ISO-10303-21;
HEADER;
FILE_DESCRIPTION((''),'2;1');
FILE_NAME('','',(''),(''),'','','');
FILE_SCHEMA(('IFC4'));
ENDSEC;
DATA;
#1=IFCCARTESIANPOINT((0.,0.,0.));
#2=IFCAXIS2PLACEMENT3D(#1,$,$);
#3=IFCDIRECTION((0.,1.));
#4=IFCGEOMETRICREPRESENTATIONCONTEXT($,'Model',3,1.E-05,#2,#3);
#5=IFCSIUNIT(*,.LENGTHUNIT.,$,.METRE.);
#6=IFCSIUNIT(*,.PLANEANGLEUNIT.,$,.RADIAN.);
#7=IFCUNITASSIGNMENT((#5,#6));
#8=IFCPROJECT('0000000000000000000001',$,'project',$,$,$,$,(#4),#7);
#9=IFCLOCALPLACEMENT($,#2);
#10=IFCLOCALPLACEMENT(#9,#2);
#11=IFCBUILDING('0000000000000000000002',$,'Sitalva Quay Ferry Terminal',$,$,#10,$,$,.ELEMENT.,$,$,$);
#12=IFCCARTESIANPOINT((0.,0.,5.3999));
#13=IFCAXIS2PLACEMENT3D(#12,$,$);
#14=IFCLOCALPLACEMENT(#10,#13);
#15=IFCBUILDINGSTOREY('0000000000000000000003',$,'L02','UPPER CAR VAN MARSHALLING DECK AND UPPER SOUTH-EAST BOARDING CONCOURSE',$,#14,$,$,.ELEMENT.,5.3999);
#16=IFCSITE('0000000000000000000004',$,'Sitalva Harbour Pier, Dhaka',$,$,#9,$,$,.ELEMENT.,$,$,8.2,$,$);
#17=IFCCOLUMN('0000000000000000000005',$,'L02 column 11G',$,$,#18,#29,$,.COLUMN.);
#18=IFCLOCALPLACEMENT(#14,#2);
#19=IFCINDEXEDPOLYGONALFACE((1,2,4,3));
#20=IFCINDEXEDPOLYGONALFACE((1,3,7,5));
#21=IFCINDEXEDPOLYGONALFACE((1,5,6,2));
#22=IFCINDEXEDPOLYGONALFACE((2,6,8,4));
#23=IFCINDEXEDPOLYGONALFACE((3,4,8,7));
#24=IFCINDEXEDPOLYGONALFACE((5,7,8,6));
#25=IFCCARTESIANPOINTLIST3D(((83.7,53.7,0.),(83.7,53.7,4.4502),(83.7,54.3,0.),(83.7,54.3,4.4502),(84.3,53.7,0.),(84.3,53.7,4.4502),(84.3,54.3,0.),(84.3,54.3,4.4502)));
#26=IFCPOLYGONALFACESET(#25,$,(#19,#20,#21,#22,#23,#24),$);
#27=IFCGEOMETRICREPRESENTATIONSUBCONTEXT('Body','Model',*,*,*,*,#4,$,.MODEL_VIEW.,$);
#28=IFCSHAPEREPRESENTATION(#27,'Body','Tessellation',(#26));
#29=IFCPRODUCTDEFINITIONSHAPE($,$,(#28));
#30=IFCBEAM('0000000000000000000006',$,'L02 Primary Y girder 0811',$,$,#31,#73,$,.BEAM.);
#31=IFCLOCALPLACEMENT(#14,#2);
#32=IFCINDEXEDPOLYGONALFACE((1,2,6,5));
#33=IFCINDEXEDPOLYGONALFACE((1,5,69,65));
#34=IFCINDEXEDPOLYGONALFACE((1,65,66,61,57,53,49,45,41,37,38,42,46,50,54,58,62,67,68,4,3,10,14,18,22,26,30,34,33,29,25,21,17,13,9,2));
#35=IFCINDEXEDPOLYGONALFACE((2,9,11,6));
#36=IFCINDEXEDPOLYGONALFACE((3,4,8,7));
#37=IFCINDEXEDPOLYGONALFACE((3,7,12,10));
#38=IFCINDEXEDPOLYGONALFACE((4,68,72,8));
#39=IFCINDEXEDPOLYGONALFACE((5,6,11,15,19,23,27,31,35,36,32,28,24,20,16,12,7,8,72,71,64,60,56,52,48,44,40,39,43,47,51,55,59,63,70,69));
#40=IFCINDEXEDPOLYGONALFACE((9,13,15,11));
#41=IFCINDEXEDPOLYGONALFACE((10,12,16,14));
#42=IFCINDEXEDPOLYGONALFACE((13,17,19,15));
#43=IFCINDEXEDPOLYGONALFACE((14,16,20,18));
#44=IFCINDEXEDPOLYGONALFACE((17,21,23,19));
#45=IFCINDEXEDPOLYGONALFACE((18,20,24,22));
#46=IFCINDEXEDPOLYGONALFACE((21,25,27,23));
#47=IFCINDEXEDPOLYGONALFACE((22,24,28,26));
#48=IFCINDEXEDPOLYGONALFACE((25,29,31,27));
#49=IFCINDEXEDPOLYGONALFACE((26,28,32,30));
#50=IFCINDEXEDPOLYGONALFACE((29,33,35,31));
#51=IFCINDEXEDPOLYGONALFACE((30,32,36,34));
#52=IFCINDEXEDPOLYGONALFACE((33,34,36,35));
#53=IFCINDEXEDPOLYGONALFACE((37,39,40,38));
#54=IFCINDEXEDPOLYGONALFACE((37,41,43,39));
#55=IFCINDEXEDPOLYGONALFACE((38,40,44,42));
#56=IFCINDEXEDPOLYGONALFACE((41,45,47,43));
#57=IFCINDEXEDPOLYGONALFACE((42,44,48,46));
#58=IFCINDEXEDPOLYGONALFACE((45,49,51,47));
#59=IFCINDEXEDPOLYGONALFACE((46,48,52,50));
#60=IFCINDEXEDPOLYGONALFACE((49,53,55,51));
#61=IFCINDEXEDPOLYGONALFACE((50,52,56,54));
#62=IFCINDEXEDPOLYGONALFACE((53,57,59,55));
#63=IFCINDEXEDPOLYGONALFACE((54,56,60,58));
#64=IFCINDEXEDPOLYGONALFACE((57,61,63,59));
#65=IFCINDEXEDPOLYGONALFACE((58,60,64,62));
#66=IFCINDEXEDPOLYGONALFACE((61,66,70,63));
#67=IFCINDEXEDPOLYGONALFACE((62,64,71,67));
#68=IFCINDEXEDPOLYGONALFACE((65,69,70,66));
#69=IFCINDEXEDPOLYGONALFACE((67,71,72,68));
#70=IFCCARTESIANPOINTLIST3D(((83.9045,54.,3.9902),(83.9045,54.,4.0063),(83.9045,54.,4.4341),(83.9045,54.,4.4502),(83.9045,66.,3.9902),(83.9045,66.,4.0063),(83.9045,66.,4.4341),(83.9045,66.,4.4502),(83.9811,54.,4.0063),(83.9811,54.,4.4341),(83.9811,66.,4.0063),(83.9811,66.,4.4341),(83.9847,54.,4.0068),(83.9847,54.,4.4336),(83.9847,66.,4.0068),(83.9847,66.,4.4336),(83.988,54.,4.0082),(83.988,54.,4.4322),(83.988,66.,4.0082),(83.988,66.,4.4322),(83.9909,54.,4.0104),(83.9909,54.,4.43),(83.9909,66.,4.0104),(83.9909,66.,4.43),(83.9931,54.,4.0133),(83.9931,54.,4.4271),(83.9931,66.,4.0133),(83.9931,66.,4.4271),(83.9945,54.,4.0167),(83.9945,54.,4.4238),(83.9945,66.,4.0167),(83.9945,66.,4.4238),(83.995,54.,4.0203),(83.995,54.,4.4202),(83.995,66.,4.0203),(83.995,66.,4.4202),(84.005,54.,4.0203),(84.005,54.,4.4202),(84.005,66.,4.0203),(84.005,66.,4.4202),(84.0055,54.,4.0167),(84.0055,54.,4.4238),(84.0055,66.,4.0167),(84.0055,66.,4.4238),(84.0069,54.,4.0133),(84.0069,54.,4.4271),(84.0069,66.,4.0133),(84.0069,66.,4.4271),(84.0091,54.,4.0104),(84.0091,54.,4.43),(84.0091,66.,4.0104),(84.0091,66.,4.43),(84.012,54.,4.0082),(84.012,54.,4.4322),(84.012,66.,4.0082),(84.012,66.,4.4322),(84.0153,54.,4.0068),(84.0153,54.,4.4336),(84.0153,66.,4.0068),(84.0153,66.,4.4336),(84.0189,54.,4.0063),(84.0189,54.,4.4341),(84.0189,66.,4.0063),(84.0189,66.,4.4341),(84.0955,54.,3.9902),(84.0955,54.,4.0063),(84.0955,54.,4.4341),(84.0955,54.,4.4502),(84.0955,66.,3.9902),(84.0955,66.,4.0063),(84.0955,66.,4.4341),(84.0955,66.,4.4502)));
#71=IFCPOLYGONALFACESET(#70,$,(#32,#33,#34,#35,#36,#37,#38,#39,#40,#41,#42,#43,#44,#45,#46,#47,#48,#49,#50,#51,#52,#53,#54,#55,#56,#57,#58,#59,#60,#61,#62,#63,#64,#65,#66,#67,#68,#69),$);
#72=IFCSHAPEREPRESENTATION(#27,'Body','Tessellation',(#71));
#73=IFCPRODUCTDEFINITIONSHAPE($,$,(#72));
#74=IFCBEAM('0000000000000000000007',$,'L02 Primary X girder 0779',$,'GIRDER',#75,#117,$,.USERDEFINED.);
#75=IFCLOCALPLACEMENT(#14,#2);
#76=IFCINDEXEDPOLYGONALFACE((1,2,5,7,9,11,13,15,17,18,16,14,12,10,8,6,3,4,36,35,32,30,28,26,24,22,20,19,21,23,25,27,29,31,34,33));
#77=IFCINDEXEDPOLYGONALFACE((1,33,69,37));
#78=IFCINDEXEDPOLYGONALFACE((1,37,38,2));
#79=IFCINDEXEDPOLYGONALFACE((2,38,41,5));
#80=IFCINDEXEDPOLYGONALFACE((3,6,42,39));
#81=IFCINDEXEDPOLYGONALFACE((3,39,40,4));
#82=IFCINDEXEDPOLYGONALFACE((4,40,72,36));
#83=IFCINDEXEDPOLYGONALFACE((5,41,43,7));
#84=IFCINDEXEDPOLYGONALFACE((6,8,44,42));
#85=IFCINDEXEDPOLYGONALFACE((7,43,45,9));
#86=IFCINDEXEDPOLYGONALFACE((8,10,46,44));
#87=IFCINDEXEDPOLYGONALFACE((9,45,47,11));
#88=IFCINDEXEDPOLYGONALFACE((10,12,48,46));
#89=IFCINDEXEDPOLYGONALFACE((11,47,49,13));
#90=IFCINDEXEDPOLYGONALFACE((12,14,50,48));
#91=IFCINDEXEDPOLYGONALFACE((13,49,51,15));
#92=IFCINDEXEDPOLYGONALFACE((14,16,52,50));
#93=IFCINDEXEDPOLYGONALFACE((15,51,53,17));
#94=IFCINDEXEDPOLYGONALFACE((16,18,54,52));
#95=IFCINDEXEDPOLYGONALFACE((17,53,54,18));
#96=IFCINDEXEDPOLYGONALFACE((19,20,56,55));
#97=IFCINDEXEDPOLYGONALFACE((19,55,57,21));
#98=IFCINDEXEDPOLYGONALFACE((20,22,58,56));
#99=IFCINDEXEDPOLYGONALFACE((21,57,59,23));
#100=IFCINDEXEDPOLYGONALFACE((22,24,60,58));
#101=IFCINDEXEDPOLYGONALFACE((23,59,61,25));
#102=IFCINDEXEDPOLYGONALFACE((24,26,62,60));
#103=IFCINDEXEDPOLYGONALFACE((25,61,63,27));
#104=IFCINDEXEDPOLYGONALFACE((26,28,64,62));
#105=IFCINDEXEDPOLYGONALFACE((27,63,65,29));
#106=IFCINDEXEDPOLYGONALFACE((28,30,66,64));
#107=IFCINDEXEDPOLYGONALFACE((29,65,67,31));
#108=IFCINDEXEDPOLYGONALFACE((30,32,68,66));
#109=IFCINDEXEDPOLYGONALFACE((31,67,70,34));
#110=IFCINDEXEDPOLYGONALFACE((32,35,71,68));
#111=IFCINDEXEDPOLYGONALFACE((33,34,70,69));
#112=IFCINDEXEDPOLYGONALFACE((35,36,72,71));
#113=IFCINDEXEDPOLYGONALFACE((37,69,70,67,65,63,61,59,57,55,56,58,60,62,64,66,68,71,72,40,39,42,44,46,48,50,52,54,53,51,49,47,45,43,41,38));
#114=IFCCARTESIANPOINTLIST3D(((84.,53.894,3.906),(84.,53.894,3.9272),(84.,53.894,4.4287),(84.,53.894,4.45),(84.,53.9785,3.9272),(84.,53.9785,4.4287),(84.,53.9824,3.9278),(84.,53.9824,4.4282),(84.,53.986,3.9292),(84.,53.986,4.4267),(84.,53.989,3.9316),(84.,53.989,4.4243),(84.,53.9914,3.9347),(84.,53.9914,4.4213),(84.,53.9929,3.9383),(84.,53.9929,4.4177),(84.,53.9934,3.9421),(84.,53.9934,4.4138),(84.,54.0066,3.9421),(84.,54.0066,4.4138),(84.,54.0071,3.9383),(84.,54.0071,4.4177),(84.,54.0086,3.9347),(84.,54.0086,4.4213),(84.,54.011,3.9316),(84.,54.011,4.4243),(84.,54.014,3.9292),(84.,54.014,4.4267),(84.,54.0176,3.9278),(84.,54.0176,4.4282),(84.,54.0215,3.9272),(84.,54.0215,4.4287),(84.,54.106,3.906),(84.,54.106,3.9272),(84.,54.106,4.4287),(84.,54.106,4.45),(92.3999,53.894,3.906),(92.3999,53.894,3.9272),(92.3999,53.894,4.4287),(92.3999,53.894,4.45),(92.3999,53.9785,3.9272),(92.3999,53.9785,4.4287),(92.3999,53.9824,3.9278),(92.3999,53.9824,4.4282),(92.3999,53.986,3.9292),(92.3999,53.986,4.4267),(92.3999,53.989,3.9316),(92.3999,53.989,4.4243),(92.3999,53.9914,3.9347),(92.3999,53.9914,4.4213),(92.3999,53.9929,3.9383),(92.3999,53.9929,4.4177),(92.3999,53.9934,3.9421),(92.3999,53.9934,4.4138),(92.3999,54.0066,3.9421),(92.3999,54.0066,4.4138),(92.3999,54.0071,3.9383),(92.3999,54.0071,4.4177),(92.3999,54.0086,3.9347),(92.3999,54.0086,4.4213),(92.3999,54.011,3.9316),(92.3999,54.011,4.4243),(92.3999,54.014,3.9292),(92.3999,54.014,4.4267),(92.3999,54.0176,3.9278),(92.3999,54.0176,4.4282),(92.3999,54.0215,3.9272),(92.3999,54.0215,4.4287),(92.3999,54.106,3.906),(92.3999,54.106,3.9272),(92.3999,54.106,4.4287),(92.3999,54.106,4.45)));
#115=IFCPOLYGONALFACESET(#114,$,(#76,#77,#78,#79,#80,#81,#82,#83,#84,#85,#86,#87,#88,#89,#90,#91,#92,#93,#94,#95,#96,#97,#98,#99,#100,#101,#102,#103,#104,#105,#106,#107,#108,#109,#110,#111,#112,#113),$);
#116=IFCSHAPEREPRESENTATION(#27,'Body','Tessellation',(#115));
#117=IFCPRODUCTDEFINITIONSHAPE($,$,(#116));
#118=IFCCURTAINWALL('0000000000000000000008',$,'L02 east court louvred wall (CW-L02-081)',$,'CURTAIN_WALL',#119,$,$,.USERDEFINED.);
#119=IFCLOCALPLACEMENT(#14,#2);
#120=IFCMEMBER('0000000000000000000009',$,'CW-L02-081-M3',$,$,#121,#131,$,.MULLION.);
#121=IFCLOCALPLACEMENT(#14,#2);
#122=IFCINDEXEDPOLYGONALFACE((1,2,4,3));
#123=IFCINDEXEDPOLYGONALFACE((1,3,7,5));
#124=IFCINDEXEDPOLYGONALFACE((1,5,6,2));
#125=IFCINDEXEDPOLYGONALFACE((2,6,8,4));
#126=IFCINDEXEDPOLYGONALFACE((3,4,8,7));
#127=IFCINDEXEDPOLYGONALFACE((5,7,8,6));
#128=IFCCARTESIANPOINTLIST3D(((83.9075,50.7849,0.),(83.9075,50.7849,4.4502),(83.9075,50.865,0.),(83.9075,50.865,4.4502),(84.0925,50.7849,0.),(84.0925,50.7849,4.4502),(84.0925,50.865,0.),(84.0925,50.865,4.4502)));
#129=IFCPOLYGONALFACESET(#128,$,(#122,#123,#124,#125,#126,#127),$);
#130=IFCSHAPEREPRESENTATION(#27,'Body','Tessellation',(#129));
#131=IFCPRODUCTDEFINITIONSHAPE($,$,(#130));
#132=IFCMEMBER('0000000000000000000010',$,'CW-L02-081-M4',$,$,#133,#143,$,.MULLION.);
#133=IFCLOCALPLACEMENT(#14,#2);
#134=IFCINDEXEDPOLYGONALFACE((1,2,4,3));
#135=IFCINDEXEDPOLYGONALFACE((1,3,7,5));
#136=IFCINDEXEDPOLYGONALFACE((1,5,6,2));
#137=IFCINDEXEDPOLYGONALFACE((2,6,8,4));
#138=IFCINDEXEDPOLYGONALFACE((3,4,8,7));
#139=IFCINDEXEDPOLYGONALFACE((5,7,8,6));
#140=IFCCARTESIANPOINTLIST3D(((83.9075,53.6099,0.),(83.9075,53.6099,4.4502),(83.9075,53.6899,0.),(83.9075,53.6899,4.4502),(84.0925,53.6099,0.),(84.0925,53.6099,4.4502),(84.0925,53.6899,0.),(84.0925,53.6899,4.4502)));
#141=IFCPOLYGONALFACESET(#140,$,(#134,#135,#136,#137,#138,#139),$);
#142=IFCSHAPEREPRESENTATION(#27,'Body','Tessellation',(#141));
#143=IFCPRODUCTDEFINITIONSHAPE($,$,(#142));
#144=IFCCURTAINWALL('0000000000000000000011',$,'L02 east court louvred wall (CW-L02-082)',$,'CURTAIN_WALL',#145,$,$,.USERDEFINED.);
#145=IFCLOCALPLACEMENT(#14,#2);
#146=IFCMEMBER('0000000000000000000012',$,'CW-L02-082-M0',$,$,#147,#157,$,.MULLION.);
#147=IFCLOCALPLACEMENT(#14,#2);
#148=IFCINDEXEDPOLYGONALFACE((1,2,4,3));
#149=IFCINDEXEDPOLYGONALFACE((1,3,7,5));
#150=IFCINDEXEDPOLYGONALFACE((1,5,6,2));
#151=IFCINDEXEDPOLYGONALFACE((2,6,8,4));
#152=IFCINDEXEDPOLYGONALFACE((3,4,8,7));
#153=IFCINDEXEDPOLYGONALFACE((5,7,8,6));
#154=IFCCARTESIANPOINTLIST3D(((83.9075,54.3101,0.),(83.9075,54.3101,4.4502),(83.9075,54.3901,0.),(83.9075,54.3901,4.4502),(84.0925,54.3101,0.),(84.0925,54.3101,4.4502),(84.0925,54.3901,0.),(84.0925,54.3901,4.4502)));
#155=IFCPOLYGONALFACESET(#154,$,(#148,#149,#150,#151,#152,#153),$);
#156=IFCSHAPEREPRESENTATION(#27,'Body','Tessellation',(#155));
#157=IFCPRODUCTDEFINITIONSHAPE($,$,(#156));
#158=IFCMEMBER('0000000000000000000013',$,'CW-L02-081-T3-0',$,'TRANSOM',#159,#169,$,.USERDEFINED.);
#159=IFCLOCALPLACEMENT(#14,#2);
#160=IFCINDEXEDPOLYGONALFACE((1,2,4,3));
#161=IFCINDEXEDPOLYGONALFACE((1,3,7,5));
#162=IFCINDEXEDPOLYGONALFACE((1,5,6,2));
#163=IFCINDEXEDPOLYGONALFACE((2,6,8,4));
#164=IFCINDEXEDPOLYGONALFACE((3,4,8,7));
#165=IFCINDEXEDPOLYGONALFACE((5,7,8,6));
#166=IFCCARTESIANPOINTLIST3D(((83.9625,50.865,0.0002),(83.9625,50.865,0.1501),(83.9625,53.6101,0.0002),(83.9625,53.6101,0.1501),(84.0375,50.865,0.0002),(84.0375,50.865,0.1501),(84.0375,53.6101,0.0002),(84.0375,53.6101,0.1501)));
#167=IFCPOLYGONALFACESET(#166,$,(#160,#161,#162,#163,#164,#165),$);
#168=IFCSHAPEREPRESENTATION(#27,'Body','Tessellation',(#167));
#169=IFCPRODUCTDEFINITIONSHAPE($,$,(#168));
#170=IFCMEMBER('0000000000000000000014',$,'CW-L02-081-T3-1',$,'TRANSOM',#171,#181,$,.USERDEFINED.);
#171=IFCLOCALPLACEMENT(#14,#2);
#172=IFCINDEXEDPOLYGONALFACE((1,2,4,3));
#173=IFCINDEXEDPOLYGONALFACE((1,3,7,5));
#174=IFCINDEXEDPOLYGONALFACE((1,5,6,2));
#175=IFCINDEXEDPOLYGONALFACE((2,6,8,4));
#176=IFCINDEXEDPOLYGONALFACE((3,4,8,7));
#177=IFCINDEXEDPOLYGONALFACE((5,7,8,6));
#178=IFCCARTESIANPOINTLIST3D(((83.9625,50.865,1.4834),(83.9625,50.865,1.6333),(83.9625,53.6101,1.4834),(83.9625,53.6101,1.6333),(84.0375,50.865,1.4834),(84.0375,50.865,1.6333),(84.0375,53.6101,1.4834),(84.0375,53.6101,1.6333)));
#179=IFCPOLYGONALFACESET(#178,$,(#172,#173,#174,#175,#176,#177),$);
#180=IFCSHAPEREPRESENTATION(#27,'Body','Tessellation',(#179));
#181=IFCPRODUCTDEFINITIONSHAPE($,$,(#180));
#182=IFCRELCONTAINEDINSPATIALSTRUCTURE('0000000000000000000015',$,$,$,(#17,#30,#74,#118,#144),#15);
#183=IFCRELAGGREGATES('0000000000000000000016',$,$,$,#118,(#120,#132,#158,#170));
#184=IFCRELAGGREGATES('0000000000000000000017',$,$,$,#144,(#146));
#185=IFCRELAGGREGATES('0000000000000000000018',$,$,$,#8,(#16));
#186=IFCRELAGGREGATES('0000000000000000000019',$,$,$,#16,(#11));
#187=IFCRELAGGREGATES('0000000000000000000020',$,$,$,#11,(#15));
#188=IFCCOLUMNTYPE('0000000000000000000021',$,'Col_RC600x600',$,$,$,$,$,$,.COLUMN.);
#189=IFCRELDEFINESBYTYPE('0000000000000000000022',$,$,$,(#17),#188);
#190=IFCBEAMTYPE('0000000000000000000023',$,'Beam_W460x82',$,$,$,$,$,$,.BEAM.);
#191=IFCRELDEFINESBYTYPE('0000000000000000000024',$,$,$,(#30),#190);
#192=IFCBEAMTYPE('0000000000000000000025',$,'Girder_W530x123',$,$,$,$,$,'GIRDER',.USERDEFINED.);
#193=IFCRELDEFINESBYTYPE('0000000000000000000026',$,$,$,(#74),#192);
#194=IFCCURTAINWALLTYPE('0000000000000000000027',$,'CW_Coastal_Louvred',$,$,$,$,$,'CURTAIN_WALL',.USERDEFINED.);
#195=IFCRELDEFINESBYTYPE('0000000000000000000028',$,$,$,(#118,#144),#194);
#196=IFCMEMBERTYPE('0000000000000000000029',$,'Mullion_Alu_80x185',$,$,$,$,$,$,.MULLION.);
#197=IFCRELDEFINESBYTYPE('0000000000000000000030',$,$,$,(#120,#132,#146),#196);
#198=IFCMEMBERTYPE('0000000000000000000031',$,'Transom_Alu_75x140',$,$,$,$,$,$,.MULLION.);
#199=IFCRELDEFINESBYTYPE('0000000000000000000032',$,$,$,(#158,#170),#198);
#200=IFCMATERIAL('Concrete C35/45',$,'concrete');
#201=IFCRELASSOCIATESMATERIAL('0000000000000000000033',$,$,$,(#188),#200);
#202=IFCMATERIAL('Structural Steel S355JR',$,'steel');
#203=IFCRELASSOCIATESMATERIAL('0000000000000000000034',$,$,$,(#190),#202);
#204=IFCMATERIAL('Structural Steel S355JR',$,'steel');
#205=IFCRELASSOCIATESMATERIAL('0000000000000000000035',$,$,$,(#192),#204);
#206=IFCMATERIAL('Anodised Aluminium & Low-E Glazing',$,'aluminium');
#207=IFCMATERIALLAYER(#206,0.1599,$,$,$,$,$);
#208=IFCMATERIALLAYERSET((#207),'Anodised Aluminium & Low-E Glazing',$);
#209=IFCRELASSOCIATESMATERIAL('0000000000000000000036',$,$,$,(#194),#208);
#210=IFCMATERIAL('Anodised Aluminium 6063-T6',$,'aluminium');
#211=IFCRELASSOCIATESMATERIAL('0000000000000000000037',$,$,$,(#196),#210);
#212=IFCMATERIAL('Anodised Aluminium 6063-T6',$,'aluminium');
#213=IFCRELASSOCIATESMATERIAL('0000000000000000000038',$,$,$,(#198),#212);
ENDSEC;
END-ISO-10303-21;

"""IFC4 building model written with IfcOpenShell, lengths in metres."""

from ifc_helpers import new_model, si_unit, direction, frame, origin, origin_2d, place, context, subcontext, project, spatial, rectangle, i_section, extrude, material, layer, layer_set, material_profile, profile_set, type_object, element, aggregate, save


model = new_model("IFC4")

# Units and contexts
model_context = context("Model", 3, precision=1e-05, world=origin(), true_north=direction((0.0, 1.0)))
body_context = subcontext(model_context, "Body", "Model", "MODEL_VIEW")
ifc_project = project(units=[si_unit("LENGTHUNIT", "METRE"), si_unit("PLANEANGLEUNIT", "RADIAN")], contexts=[model_context])

# Site, building, storey
site_placement = place(None, origin())
site = spatial("IfcSite", under=ifc_project, at=site_placement, Name="Sitalva Harbour Pier, Dhaka", CompositionType="ELEMENT", RefElevation=8.2)
building_placement = place(site_placement, origin())
building = spatial("IfcBuilding", under=site, at=building_placement, Name="Sitalva Quay Ferry Terminal", CompositionType="ELEMENT")
storey_placement = place(building_placement, frame((0.0, 0.0, 5.3999)))
storey = spatial("IfcBuildingStorey", under=building, at=storey_placement, Name="L02", Description="UPPER CAR VAN MARSHALLING DECK AND UPPER SOUTH-EAST BOARDING CONCOURSE", CompositionType="ELEMENT", Elevation=5.3999)

# Column
ifc_material_1 = material(Name="Concrete C35/45", Category="concrete")
ifc_material_profile_1 = material_profile(ifc_material_1, rectangle(XDim=0.6001, YDim=0.6001, at=origin_2d()), Name="RC600x600")
ifc_profile_set_1 = profile_set([ifc_material_profile_1], Name="Concrete C35/45")
column_type = type_object("IfcColumnType", Name="Col_RC600x600", PredefinedType="COLUMN", material=ifc_profile_set_1)
column_placement = place(storey_placement, frame((84.0, 54.0, 0.0), z_axis=(0.0, 0.0, 1.0), x_axis=(1.0, 0.0, 0.0)))
element("IfcColumn", 1, at=column_placement, inside=storey, type_object=column_type, Name="L02 column 11G", PredefinedType="COLUMN", context=body_context, shape_type="SweptSolid", body=[
    extrude(rectangle(XDim=0.6001, YDim=0.6001, at=origin_2d()), origin(), (0.0, 0.0, 1.0), 4.4502),
])

# Beams
ifc_material_2 = material(Name="Structural Steel S355JR", Category="steel")
ifc_material_profile_2 = material_profile(ifc_material_2, i_section(OverallWidth=0.1909, OverallDepth=0.46, WebThickness=0.01, FlangeThickness=0.0161, FilletRadius=0.0139, at=origin_2d()), Name="W460x82")
ifc_profile_set_2 = profile_set([ifc_material_profile_2], Name="Structural Steel S355JR")
beam_type_1 = type_object("IfcBeamType", Name="Beam_W460x82", PredefinedType="BEAM", material=ifc_profile_set_2)
beam_1_placement = place(storey_placement, frame((84.0, 54.0, 4.2202), z_axis=(0.0, 1.0, 0.0), x_axis=(-1.0, 0.0, 0.0)))
element("IfcBeam", 2, at=beam_1_placement, inside=storey, type_object=beam_type_1, Name="L02 Primary Y girder 0811", PredefinedType="BEAM", context=body_context, shape_type="SweptSolid", body=[
    extrude(i_section(OverallWidth=0.1909, OverallDepth=0.46, WebThickness=0.01, FlangeThickness=0.0161, FilletRadius=0.0139, at=origin_2d()), origin(), (0.0, 0.0, 1.0), 12.0),
])
ifc_material_3 = material(Name="Structural Steel S355JR", Category="steel")
ifc_material_profile_3 = material_profile(ifc_material_3, i_section(OverallWidth=0.2119, OverallDepth=0.5439, WebThickness=0.0132, FlangeThickness=0.0212, FilletRadius=0.0149, at=origin_2d()), Name="W530x123")
ifc_profile_set_3 = profile_set([ifc_material_profile_3], Name="Structural Steel S355JR")
beam_type_2 = type_object("IfcBeamType", Name="Girder_W530x123", ElementType="GIRDER", PredefinedType="USERDEFINED", material=ifc_profile_set_3)
beam_2_placement = place(storey_placement, frame((84.0, 54.0, 4.178), z_axis=(1.0, 0.0, 0.0), x_axis=(0.0, 1.0, 0.0)))
element("IfcBeam", 3, at=beam_2_placement, inside=storey, type_object=beam_type_2, Name="L02 Primary X girder 0779", ObjectType="GIRDER", PredefinedType="USERDEFINED", context=body_context, shape_type="SweptSolid", body=[
    extrude(i_section(OverallWidth=0.2119, OverallDepth=0.5439, WebThickness=0.0132, FlangeThickness=0.0212, FilletRadius=0.0149, at=origin_2d()), origin(), (0.0, 0.0, 1.0), 8.3999),
])

# Curtain wall, members
ifc_material_4 = material(Name="Anodised Aluminium & Low-E Glazing", Category="aluminium")
ifc_layer_1 = layer(ifc_material_4, 0.1599)
ifc_layer_set_1 = layer_set([ifc_layer_1], Name="Anodised Aluminium & Low-E Glazing")
curtain_wall_type = type_object("IfcCurtainWallType", Name="CW_Coastal_Louvred", ElementType="CURTAIN_WALL", PredefinedType="USERDEFINED", material=ifc_layer_set_1)
curtain_wall_1_placement = place(storey_placement, origin())
curtain_wall_1 = element("IfcCurtainWall", 4, at=curtain_wall_1_placement, inside=storey, type_object=curtain_wall_type, Name="L02 east court louvred wall (CW-L02-081)", ObjectType="CURTAIN_WALL", PredefinedType="USERDEFINED")
ifc_material_5 = material(Name="Anodised Aluminium 6063-T6", Category="aluminium")
ifc_material_profile_4 = material_profile(ifc_material_5, rectangle(XDim=0.0801, YDim=0.1851, at=origin_2d()), Name="ALU80x185")
ifc_profile_set_4 = profile_set([ifc_material_profile_4], Name="Anodised Aluminium 6063-T6")
member_type_1 = type_object("IfcMemberType", Name="Mullion_Alu_80x185", PredefinedType="MULLION", material=ifc_profile_set_4)
member_1_placement = place(storey_placement, frame((84.0, 50.825, 0.0), z_axis=(0.0, 0.0, 1.0), x_axis=(0.0, 1.0, 0.0)))
member_1 = element("IfcMember", 5, at=member_1_placement, type_object=member_type_1, Name="CW-L02-081-M3", PredefinedType="MULLION", context=body_context, shape_type="SweptSolid", body=[
    extrude(rectangle(XDim=0.0801, YDim=0.1851, at=origin_2d()), origin(), (0.0, 0.0, 1.0), 4.4502),
])
member_2_placement = place(storey_placement, frame((84.0, 53.6499, 0.0), z_axis=(0.0, 0.0, 1.0), x_axis=(0.0, 1.0, 0.0)))
member_2 = element("IfcMember", 6, at=member_2_placement, type_object=member_type_1, Name="CW-L02-081-M4", PredefinedType="MULLION", context=body_context, shape_type="SweptSolid", body=[
    extrude(rectangle(XDim=0.0801, YDim=0.1851, at=origin_2d()), origin(), (0.0, 0.0, 1.0), 4.4502),
])

# Curtain wall, member
curtain_wall_2_placement = place(storey_placement, origin())
curtain_wall_2 = element("IfcCurtainWall", 7, at=curtain_wall_2_placement, inside=storey, type_object=curtain_wall_type, Name="L02 east court louvred wall (CW-L02-082)", ObjectType="CURTAIN_WALL", PredefinedType="USERDEFINED")
member_3_placement = place(storey_placement, frame((84.0, 54.3501, 0.0), z_axis=(0.0, 0.0, 1.0), x_axis=(0.0, 1.0, 0.0)))
member_3 = element("IfcMember", 8, at=member_3_placement, type_object=member_type_1, Name="CW-L02-082-M0", PredefinedType="MULLION", context=body_context, shape_type="SweptSolid", body=[
    extrude(rectangle(XDim=0.0801, YDim=0.1851, at=origin_2d()), origin(), (0.0, 0.0, 1.0), 4.4502),
])

# Members
ifc_material_6 = material(Name="Anodised Aluminium 6063-T6", Category="aluminium")
ifc_material_profile_5 = material_profile(ifc_material_6, rectangle(XDim=0.075, YDim=0.1499, at=origin_2d()), Name="ALU75x150")
ifc_profile_set_5 = profile_set([ifc_material_profile_5], Name="Anodised Aluminium 6063-T6")
member_type_2 = type_object("IfcMemberType", Name="Transom_Alu_75x140", PredefinedType="MULLION", material=ifc_profile_set_5)
member_4_placement = place(storey_placement, frame((84.0, 50.865, 0.0752), z_axis=(0.0, 1.0, 0.0), x_axis=(-1.0, 0.0, 0.0)))
member_4 = element("IfcMember", 9, at=member_4_placement, type_object=member_type_2, Name="CW-L02-081-T3-0", ObjectType="TRANSOM", PredefinedType="USERDEFINED", context=body_context, shape_type="SweptSolid", body=[
    extrude(rectangle(XDim=0.075, YDim=0.1499, at=origin_2d()), origin(), (0.0, 0.0, 1.0), 2.7451),
])
member_5_placement = place(storey_placement, frame((84.0, 50.865, 1.5583), z_axis=(0.0, 1.0, 0.0), x_axis=(-1.0, 0.0, 0.0)))
member_5 = element("IfcMember", 10, at=member_5_placement, type_object=member_type_2, Name="CW-L02-081-T3-1", ObjectType="TRANSOM", PredefinedType="USERDEFINED", context=body_context, shape_type="SweptSolid", body=[
    extrude(rectangle(XDim=0.075, YDim=0.1499, at=origin_2d()), origin(), (0.0, 0.0, 1.0), 2.7451),
])

aggregate(curtain_wall_1, [member_1, member_2, member_4, member_5])
aggregate(curtain_wall_2, [member_3])

save(model, "model.ifc")
